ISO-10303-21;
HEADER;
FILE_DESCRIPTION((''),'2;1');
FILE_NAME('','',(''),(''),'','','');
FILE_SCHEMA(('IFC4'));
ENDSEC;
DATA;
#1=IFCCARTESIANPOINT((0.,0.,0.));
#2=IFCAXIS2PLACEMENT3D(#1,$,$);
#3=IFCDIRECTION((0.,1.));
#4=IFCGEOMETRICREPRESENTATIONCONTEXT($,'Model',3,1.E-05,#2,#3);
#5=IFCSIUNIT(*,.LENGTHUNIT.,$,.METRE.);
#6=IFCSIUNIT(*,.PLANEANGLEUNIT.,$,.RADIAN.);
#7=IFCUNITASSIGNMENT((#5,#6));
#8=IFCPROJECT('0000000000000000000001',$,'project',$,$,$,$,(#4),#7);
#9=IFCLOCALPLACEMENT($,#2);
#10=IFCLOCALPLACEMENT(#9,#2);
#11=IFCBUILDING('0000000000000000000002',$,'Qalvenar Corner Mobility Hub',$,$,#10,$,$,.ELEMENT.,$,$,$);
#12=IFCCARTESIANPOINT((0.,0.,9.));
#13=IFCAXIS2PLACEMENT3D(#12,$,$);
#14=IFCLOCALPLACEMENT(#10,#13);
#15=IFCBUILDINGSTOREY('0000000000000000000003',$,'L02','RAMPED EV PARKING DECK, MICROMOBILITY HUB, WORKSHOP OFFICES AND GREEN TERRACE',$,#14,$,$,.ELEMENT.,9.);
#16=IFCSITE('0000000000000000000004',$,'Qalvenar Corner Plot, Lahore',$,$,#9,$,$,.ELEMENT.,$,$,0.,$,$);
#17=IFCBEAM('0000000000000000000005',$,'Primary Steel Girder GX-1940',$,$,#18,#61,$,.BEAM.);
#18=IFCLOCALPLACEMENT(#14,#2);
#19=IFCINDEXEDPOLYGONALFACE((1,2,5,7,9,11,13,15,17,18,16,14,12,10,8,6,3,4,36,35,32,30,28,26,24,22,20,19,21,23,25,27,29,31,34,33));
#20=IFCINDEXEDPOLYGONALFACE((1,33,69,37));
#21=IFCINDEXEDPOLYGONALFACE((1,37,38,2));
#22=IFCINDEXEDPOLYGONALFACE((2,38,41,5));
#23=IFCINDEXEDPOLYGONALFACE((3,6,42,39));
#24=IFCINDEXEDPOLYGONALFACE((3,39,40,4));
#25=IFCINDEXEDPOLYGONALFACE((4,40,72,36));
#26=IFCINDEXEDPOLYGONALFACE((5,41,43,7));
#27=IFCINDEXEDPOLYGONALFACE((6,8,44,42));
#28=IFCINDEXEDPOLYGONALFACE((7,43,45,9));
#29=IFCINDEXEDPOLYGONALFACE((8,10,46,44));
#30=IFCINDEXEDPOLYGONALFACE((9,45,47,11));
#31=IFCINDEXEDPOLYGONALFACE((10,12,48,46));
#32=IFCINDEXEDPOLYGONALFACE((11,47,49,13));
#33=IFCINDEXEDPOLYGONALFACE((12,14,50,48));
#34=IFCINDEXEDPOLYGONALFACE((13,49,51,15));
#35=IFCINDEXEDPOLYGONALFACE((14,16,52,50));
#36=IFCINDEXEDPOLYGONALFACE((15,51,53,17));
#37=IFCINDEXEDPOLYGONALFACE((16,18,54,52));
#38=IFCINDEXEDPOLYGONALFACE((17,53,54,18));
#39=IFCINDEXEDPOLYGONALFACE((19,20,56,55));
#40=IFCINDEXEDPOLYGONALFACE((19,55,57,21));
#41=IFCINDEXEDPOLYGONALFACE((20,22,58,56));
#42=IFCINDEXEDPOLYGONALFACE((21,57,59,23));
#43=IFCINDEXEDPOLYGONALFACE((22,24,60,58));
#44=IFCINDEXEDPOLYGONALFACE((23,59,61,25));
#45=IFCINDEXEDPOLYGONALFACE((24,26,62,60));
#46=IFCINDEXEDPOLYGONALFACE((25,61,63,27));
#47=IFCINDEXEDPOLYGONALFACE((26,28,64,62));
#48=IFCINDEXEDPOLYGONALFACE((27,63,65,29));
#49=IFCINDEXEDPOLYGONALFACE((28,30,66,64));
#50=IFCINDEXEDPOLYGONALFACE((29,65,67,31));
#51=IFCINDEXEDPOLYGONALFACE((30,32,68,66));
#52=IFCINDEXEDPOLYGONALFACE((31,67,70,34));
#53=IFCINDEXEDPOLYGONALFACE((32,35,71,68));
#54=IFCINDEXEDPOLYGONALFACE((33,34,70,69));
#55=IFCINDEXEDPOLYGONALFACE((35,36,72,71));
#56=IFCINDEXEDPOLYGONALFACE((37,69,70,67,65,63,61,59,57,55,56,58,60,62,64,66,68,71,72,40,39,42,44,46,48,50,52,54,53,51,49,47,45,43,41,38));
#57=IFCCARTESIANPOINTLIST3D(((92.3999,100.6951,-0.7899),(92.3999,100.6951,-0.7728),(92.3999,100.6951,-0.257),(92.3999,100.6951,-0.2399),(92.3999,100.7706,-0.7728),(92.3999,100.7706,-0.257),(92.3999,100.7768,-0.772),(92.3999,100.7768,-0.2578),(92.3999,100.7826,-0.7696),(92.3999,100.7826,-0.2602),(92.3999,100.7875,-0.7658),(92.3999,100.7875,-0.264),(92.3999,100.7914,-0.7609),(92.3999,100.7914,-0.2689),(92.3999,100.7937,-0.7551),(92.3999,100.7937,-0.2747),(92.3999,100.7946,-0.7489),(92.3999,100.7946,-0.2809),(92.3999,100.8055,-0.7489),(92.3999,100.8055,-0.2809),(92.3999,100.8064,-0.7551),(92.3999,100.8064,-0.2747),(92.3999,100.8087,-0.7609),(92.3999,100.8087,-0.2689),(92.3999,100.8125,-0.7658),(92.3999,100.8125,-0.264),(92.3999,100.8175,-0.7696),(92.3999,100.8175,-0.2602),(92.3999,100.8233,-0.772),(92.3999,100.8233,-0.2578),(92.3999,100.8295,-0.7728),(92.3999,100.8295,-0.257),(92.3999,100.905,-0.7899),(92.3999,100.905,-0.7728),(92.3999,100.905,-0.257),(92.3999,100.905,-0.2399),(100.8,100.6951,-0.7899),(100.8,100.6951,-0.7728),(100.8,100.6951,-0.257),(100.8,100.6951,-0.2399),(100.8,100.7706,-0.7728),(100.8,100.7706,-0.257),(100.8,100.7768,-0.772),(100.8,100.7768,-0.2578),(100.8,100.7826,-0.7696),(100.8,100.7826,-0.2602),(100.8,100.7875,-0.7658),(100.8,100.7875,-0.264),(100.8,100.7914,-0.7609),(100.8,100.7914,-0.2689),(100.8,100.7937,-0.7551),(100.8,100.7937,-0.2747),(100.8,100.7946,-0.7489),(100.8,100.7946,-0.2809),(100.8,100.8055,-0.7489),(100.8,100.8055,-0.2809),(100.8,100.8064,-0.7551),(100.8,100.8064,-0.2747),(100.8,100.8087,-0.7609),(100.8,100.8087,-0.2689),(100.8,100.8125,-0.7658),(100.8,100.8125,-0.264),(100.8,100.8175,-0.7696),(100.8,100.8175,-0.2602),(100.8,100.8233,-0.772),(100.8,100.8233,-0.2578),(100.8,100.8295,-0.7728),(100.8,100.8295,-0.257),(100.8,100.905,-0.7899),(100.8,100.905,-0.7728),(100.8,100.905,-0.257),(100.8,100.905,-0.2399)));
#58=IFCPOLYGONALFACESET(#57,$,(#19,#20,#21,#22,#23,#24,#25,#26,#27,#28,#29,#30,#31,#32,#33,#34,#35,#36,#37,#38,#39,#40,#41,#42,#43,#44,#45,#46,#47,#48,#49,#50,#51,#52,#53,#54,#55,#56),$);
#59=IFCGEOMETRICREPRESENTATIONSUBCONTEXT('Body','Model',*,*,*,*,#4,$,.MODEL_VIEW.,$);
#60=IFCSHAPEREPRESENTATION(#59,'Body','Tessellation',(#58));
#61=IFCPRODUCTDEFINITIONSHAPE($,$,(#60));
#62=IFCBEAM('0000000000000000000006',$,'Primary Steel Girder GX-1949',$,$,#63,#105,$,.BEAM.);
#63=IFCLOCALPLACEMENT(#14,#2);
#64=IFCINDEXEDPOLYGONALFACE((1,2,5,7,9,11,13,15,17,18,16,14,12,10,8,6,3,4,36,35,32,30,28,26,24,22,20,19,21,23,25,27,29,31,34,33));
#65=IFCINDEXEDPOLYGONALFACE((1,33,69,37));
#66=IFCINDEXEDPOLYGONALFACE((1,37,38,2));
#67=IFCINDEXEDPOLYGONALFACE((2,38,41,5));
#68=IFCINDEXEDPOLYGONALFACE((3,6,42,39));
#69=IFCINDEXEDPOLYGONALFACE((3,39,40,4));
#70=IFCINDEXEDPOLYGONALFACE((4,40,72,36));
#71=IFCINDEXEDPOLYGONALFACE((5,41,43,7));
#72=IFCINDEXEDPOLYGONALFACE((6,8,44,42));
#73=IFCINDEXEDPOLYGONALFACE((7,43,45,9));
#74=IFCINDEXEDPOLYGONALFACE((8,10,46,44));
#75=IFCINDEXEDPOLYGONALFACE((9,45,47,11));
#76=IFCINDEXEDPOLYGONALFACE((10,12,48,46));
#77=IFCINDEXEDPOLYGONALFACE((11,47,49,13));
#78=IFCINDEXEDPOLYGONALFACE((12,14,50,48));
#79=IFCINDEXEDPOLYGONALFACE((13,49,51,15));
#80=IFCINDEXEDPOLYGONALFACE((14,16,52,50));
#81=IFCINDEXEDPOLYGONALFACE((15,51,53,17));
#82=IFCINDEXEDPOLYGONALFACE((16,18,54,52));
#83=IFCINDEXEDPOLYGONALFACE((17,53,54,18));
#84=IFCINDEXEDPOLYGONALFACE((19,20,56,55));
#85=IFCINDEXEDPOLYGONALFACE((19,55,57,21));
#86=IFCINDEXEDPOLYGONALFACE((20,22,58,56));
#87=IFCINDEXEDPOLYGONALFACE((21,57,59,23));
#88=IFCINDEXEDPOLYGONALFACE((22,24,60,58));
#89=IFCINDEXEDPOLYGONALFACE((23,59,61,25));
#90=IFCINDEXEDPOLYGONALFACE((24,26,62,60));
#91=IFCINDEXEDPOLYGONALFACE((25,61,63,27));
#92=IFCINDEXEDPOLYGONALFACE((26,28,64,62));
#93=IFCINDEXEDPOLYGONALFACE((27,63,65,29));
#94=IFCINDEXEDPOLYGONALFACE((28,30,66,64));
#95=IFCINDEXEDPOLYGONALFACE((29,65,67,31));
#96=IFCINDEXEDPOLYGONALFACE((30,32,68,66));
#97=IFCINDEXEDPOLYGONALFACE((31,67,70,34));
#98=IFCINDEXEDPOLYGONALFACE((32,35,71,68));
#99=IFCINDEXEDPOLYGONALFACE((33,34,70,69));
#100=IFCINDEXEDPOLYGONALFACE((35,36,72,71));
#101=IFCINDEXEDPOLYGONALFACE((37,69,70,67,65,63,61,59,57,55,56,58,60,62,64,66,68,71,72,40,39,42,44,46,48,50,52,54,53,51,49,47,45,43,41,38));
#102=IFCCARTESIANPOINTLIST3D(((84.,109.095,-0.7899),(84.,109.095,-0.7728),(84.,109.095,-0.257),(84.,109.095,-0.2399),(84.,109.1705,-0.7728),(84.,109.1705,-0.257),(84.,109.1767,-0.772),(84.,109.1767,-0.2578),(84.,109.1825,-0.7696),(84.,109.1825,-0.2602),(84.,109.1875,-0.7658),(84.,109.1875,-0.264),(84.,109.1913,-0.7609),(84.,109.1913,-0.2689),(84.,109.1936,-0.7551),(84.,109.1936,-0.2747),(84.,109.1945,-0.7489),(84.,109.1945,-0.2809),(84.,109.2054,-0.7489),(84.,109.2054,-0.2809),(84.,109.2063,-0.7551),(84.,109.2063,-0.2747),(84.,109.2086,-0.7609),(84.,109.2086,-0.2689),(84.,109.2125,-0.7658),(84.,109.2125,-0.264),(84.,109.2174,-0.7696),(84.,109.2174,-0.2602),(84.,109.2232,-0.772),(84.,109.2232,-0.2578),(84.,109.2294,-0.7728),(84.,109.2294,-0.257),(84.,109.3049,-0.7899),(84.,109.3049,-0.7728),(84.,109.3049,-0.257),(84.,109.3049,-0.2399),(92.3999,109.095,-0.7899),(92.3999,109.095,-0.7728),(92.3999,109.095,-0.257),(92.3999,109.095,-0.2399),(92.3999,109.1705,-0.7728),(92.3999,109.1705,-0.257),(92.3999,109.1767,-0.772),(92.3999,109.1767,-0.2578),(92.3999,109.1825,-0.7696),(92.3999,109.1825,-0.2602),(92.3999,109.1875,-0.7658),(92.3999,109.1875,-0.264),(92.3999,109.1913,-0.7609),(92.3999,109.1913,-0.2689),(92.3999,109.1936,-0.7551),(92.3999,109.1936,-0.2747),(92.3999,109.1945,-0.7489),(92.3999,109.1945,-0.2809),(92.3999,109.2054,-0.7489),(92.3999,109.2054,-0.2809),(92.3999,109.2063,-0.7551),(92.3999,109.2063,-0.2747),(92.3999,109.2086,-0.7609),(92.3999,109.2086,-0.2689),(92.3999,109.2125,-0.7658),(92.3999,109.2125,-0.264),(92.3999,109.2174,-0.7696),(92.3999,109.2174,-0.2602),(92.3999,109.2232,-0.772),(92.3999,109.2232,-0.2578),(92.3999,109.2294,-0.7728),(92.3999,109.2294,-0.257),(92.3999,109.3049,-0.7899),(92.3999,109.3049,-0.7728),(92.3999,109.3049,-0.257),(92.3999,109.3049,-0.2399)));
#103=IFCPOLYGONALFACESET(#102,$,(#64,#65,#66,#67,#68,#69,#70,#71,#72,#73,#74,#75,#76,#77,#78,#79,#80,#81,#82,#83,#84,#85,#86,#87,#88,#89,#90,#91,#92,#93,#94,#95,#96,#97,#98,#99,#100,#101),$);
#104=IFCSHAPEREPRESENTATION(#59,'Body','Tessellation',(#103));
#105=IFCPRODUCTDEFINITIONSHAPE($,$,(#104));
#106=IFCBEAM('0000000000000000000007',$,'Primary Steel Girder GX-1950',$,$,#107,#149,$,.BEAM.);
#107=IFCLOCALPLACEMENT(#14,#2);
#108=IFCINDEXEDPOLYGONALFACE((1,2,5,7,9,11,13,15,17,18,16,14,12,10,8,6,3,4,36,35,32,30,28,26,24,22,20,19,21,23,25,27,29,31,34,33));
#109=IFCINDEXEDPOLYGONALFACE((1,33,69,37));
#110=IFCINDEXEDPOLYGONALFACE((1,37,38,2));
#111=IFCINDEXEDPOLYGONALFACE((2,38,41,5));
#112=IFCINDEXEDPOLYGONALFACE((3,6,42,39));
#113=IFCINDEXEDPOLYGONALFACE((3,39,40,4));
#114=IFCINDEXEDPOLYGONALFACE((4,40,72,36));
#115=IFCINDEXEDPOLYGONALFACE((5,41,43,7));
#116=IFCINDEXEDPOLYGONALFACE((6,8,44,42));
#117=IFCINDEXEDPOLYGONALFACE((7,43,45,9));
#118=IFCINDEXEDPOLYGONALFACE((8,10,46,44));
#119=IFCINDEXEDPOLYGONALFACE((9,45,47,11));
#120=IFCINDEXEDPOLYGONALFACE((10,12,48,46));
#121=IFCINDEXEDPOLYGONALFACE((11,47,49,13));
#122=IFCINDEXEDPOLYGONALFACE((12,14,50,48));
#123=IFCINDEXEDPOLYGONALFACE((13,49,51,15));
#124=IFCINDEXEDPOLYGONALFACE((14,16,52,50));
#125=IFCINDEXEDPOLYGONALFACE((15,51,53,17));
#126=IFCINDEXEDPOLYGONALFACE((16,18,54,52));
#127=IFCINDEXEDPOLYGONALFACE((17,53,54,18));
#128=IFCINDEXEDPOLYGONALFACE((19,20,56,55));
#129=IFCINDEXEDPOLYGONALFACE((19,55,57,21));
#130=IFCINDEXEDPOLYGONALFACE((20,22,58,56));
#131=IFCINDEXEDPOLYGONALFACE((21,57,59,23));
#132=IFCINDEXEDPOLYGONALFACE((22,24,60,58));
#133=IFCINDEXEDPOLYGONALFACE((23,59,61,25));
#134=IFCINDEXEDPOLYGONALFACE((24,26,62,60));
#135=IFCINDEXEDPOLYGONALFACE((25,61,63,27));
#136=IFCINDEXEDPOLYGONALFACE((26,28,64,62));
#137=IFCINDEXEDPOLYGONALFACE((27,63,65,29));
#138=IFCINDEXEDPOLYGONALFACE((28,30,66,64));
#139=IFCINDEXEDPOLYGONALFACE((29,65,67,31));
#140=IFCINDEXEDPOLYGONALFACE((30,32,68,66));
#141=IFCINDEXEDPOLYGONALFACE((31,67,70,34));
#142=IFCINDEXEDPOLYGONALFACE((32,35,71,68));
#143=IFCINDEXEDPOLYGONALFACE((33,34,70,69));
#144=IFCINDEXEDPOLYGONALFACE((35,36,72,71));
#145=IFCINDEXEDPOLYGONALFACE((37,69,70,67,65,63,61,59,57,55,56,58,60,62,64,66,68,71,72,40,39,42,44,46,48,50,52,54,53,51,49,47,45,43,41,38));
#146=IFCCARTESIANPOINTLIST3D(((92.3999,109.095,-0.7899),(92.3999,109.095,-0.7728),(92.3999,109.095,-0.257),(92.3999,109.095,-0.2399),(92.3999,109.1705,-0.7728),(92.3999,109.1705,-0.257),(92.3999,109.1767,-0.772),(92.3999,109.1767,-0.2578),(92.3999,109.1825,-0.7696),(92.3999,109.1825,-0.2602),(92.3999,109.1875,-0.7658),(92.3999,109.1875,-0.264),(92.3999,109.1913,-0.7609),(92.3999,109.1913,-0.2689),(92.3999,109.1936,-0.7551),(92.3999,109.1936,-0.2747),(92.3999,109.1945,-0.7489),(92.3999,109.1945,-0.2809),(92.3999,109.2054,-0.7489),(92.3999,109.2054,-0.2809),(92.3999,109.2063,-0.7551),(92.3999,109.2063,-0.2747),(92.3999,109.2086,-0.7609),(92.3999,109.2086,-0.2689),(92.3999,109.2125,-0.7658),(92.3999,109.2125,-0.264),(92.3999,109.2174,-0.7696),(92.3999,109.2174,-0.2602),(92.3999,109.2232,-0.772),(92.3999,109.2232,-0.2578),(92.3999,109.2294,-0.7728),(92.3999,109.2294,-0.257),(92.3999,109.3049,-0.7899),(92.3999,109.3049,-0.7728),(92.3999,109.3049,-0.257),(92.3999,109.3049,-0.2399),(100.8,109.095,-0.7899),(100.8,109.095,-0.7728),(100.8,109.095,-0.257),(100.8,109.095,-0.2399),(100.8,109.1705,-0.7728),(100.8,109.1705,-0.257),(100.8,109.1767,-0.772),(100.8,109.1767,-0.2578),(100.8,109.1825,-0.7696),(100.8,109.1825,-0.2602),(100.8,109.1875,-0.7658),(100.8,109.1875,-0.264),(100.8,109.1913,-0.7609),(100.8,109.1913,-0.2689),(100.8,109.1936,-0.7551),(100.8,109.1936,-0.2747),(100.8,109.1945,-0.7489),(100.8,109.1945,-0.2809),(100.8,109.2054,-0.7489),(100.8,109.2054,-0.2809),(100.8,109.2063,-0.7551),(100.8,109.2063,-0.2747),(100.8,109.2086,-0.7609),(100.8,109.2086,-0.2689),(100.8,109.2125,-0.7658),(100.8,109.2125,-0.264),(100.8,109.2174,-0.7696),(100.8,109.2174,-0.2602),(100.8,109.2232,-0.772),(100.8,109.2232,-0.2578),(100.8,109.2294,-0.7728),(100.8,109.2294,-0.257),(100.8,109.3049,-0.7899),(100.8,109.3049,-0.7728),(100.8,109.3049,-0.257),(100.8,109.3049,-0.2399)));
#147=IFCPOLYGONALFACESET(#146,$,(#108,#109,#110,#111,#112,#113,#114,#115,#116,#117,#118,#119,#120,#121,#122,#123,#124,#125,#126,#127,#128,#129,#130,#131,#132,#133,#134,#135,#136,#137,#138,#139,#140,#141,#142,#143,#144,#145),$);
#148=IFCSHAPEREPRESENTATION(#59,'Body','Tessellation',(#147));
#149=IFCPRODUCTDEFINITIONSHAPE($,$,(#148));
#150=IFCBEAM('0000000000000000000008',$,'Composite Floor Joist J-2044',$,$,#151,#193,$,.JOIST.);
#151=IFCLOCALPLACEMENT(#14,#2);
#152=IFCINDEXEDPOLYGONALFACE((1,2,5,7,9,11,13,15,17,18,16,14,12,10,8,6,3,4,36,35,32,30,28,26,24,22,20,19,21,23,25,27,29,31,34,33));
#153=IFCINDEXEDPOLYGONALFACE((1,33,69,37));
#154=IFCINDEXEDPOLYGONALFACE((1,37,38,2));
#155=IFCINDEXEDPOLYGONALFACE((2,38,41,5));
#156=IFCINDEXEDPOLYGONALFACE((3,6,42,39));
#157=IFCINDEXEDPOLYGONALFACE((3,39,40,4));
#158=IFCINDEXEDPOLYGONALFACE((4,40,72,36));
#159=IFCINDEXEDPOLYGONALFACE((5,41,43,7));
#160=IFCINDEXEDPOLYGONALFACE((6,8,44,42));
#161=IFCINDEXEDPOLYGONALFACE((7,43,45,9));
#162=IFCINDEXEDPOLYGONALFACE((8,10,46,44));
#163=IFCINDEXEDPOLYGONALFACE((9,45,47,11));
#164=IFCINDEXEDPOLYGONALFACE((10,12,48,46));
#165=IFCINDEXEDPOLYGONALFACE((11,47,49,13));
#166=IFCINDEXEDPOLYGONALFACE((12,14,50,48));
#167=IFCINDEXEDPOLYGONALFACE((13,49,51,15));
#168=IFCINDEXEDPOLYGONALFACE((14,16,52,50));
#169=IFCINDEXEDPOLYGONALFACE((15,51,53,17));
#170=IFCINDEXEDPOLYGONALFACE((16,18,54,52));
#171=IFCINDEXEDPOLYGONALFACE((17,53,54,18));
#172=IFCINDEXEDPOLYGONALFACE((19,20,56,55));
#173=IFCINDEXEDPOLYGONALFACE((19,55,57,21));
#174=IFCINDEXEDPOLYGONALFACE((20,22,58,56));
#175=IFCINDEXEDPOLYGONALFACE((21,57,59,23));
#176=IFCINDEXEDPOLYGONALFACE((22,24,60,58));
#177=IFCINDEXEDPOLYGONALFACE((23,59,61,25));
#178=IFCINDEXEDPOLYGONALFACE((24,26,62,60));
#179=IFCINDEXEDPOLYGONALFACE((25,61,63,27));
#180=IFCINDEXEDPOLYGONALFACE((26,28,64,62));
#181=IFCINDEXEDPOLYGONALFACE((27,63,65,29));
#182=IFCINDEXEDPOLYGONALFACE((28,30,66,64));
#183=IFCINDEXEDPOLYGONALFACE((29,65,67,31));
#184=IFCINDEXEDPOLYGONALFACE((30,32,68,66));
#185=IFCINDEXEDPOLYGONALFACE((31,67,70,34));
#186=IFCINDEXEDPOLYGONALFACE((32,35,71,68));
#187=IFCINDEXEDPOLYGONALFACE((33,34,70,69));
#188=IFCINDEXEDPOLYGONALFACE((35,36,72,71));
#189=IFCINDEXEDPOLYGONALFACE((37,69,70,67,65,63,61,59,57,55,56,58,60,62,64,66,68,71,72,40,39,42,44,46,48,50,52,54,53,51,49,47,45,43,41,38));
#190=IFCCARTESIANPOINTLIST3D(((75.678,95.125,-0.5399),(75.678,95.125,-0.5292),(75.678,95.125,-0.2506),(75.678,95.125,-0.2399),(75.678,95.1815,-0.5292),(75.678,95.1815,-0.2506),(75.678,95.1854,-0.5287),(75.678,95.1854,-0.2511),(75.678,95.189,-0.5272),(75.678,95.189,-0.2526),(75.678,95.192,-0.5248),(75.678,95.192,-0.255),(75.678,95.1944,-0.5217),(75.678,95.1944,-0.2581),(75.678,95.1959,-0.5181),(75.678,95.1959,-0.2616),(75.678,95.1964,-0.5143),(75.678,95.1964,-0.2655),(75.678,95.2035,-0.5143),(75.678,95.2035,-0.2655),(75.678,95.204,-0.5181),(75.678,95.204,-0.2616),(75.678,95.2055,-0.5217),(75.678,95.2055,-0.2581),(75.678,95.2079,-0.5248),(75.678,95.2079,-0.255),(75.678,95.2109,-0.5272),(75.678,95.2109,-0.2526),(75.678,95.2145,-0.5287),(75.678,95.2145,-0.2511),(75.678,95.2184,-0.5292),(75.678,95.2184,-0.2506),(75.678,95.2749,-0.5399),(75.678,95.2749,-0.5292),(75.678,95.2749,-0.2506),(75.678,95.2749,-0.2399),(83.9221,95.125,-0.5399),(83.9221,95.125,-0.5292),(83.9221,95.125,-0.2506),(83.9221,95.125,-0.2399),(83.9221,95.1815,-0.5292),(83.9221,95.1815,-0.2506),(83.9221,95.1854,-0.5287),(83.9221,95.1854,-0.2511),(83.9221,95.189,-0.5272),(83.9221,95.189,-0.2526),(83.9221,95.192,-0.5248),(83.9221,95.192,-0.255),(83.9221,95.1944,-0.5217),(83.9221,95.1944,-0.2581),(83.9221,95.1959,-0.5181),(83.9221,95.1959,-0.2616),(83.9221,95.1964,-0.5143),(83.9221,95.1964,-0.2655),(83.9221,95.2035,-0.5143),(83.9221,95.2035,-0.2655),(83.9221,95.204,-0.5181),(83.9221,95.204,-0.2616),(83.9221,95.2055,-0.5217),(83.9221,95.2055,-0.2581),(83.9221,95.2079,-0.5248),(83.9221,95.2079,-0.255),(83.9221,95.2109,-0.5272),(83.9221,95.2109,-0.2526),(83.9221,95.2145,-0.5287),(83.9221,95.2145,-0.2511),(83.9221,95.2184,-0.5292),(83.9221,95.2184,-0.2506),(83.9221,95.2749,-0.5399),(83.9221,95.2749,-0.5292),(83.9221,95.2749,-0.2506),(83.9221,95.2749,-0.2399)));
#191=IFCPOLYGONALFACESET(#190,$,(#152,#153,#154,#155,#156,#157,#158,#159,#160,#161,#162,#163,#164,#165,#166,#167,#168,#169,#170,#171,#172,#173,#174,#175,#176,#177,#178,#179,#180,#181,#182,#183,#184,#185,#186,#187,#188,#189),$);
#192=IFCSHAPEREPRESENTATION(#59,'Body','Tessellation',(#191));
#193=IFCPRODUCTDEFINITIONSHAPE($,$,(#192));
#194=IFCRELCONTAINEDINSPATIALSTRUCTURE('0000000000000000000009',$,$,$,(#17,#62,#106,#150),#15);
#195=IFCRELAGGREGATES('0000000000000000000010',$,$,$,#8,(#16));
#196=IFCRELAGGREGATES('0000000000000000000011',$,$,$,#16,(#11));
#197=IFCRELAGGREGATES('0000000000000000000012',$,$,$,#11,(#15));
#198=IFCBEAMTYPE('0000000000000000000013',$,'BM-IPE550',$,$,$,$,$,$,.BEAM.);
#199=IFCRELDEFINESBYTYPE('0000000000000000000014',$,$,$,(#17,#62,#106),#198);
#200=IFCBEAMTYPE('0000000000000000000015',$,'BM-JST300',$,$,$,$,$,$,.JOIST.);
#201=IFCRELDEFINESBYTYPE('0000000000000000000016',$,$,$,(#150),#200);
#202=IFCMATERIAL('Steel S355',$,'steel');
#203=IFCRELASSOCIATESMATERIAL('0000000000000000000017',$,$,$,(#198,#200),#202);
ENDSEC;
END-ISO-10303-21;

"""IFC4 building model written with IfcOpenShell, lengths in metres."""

from ifc_helpers import new_model, si_unit, direction, frame, origin, origin_2d, place, context, subcontext, project, spatial, i_section, extrude, material, material_profile, profile_set, type_object, element, save


model = new_model("IFC4")

# Units and contexts
model_context = context("Model", 3, precision=1e-05, world=origin(), true_north=direction((0.0, 1.0)))
body_context = subcontext(model_context, "Body", "Model", "MODEL_VIEW")
ifc_project = project(units=[si_unit("LENGTHUNIT", "METRE"), si_unit("PLANEANGLEUNIT", "RADIAN")], contexts=[model_context])

# Site, building, storey
site_placement = place(None, origin())
site = spatial("IfcSite", under=ifc_project, at=site_placement, Name="Qalvenar Corner Plot, Lahore", CompositionType="ELEMENT", RefElevation=0.0)
building_placement = place(site_placement, origin())
building = spatial("IfcBuilding", under=site, at=building_placement, Name="Qalvenar Corner Mobility Hub", CompositionType="ELEMENT")
storey_placement = place(building_placement, frame((0.0, 0.0, 9.0)))
storey = spatial("IfcBuildingStorey", under=building, at=storey_placement, Name="L02", Description="RAMPED EV PARKING DECK, MICROMOBILITY HUB, WORKSHOP OFFICES AND GREEN TERRACE", CompositionType="ELEMENT", Elevation=9.0)

# Shared definitions
ifc_material = material(Name="Steel S355", Category="steel")

# Beams
ifc_material_profile_1 = material_profile(ifc_material, i_section(OverallWidth=0.21, OverallDepth=0.55, WebThickness=0.011, FlangeThickness=0.0171, FilletRadius=0.0239, at=origin_2d()), Name="IPE550")
ifc_profile_set_1 = profile_set([ifc_material_profile_1], Name="Steel S355")
beam_type_1 = type_object("IfcBeamType", Name="BM-IPE550", PredefinedType="BEAM", material=ifc_profile_set_1)
beam_1_placement = place(storey_placement, frame((92.3999, 100.8, -0.5149), z_axis=(1.0, 0.0, 0.0), x_axis=(0.0, 1.0, 0.0)))
element("IfcBeam", 1, at=beam_1_placement, inside=storey, type_object=beam_type_1, Name="Primary Steel Girder GX-1940", PredefinedType="BEAM", context=body_context, shape_type="SweptSolid", body=[
    extrude(i_section(OverallWidth=0.21, OverallDepth=0.55, WebThickness=0.011, FlangeThickness=0.0171, FilletRadius=0.0239, at=origin_2d()), origin(), (0.0, 0.0, 1.0), 8.4001),
])
beam_2_placement = place(storey_placement, frame((84.0, 109.2, -0.5149), z_axis=(1.0, 0.0, 0.0), x_axis=(0.0, 1.0, 0.0)))
element("IfcBeam", 2, at=beam_2_placement, inside=storey, type_object=beam_type_1, Name="Primary Steel Girder GX-1949", PredefinedType="BEAM", context=body_context, shape_type="SweptSolid", body=[
    extrude(i_section(OverallWidth=0.21, OverallDepth=0.55, WebThickness=0.011, FlangeThickness=0.0171, FilletRadius=0.0239, at=origin_2d()), origin(), (0.0, 0.0, 1.0), 8.3999),
])
beam_3_placement = place(storey_placement, frame((92.3999, 109.2, -0.5149), z_axis=(1.0, 0.0, 0.0), x_axis=(0.0, 1.0, 0.0)))
element("IfcBeam", 3, at=beam_3_placement, inside=storey, type_object=beam_type_1, Name="Primary Steel Girder GX-1950", PredefinedType="BEAM", context=body_context, shape_type="SweptSolid", body=[
    extrude(i_section(OverallWidth=0.21, OverallDepth=0.55, WebThickness=0.011, FlangeThickness=0.0171, FilletRadius=0.0239, at=origin_2d()), origin(), (0.0, 0.0, 1.0), 8.4001),
])
ifc_material_profile_2 = material_profile(ifc_material, i_section(OverallWidth=0.1499, OverallDepth=0.3, WebThickness=0.0071, FlangeThickness=0.0107, FilletRadius=0.0149, at=origin_2d()), Name="IPE300")
ifc_profile_set_2 = profile_set([ifc_material_profile_2], Name="Steel S355")
beam_type_2 = type_object("IfcBeamType", Name="BM-JST300", PredefinedType="JOIST", material=ifc_profile_set_2)
for number, where, z_axis, x_axis, name in (
    (4, (75.678, 95.2, -0.3899), (1.0, 0.0, 0.0), (0.0, 1.0, 0.0), "Composite Floor Joist J-2044"),
):
    element("IfcBeam", number, at=place(storey_placement, frame(where, z_axis=z_axis, x_axis=x_axis)), inside=storey, type_object=beam_type_2, Name=name, PredefinedType="JOIST", context=body_context, shape_type="SweptSolid", body=[
        extrude(i_section(OverallWidth=0.1499, OverallDepth=0.3, WebThickness=0.0071, FlangeThickness=0.0107, FilletRadius=0.0149, at=origin_2d()), origin(), (0.0, 0.0, 1.0), 8.2441),
    ])

save(model, "model.ifc")
